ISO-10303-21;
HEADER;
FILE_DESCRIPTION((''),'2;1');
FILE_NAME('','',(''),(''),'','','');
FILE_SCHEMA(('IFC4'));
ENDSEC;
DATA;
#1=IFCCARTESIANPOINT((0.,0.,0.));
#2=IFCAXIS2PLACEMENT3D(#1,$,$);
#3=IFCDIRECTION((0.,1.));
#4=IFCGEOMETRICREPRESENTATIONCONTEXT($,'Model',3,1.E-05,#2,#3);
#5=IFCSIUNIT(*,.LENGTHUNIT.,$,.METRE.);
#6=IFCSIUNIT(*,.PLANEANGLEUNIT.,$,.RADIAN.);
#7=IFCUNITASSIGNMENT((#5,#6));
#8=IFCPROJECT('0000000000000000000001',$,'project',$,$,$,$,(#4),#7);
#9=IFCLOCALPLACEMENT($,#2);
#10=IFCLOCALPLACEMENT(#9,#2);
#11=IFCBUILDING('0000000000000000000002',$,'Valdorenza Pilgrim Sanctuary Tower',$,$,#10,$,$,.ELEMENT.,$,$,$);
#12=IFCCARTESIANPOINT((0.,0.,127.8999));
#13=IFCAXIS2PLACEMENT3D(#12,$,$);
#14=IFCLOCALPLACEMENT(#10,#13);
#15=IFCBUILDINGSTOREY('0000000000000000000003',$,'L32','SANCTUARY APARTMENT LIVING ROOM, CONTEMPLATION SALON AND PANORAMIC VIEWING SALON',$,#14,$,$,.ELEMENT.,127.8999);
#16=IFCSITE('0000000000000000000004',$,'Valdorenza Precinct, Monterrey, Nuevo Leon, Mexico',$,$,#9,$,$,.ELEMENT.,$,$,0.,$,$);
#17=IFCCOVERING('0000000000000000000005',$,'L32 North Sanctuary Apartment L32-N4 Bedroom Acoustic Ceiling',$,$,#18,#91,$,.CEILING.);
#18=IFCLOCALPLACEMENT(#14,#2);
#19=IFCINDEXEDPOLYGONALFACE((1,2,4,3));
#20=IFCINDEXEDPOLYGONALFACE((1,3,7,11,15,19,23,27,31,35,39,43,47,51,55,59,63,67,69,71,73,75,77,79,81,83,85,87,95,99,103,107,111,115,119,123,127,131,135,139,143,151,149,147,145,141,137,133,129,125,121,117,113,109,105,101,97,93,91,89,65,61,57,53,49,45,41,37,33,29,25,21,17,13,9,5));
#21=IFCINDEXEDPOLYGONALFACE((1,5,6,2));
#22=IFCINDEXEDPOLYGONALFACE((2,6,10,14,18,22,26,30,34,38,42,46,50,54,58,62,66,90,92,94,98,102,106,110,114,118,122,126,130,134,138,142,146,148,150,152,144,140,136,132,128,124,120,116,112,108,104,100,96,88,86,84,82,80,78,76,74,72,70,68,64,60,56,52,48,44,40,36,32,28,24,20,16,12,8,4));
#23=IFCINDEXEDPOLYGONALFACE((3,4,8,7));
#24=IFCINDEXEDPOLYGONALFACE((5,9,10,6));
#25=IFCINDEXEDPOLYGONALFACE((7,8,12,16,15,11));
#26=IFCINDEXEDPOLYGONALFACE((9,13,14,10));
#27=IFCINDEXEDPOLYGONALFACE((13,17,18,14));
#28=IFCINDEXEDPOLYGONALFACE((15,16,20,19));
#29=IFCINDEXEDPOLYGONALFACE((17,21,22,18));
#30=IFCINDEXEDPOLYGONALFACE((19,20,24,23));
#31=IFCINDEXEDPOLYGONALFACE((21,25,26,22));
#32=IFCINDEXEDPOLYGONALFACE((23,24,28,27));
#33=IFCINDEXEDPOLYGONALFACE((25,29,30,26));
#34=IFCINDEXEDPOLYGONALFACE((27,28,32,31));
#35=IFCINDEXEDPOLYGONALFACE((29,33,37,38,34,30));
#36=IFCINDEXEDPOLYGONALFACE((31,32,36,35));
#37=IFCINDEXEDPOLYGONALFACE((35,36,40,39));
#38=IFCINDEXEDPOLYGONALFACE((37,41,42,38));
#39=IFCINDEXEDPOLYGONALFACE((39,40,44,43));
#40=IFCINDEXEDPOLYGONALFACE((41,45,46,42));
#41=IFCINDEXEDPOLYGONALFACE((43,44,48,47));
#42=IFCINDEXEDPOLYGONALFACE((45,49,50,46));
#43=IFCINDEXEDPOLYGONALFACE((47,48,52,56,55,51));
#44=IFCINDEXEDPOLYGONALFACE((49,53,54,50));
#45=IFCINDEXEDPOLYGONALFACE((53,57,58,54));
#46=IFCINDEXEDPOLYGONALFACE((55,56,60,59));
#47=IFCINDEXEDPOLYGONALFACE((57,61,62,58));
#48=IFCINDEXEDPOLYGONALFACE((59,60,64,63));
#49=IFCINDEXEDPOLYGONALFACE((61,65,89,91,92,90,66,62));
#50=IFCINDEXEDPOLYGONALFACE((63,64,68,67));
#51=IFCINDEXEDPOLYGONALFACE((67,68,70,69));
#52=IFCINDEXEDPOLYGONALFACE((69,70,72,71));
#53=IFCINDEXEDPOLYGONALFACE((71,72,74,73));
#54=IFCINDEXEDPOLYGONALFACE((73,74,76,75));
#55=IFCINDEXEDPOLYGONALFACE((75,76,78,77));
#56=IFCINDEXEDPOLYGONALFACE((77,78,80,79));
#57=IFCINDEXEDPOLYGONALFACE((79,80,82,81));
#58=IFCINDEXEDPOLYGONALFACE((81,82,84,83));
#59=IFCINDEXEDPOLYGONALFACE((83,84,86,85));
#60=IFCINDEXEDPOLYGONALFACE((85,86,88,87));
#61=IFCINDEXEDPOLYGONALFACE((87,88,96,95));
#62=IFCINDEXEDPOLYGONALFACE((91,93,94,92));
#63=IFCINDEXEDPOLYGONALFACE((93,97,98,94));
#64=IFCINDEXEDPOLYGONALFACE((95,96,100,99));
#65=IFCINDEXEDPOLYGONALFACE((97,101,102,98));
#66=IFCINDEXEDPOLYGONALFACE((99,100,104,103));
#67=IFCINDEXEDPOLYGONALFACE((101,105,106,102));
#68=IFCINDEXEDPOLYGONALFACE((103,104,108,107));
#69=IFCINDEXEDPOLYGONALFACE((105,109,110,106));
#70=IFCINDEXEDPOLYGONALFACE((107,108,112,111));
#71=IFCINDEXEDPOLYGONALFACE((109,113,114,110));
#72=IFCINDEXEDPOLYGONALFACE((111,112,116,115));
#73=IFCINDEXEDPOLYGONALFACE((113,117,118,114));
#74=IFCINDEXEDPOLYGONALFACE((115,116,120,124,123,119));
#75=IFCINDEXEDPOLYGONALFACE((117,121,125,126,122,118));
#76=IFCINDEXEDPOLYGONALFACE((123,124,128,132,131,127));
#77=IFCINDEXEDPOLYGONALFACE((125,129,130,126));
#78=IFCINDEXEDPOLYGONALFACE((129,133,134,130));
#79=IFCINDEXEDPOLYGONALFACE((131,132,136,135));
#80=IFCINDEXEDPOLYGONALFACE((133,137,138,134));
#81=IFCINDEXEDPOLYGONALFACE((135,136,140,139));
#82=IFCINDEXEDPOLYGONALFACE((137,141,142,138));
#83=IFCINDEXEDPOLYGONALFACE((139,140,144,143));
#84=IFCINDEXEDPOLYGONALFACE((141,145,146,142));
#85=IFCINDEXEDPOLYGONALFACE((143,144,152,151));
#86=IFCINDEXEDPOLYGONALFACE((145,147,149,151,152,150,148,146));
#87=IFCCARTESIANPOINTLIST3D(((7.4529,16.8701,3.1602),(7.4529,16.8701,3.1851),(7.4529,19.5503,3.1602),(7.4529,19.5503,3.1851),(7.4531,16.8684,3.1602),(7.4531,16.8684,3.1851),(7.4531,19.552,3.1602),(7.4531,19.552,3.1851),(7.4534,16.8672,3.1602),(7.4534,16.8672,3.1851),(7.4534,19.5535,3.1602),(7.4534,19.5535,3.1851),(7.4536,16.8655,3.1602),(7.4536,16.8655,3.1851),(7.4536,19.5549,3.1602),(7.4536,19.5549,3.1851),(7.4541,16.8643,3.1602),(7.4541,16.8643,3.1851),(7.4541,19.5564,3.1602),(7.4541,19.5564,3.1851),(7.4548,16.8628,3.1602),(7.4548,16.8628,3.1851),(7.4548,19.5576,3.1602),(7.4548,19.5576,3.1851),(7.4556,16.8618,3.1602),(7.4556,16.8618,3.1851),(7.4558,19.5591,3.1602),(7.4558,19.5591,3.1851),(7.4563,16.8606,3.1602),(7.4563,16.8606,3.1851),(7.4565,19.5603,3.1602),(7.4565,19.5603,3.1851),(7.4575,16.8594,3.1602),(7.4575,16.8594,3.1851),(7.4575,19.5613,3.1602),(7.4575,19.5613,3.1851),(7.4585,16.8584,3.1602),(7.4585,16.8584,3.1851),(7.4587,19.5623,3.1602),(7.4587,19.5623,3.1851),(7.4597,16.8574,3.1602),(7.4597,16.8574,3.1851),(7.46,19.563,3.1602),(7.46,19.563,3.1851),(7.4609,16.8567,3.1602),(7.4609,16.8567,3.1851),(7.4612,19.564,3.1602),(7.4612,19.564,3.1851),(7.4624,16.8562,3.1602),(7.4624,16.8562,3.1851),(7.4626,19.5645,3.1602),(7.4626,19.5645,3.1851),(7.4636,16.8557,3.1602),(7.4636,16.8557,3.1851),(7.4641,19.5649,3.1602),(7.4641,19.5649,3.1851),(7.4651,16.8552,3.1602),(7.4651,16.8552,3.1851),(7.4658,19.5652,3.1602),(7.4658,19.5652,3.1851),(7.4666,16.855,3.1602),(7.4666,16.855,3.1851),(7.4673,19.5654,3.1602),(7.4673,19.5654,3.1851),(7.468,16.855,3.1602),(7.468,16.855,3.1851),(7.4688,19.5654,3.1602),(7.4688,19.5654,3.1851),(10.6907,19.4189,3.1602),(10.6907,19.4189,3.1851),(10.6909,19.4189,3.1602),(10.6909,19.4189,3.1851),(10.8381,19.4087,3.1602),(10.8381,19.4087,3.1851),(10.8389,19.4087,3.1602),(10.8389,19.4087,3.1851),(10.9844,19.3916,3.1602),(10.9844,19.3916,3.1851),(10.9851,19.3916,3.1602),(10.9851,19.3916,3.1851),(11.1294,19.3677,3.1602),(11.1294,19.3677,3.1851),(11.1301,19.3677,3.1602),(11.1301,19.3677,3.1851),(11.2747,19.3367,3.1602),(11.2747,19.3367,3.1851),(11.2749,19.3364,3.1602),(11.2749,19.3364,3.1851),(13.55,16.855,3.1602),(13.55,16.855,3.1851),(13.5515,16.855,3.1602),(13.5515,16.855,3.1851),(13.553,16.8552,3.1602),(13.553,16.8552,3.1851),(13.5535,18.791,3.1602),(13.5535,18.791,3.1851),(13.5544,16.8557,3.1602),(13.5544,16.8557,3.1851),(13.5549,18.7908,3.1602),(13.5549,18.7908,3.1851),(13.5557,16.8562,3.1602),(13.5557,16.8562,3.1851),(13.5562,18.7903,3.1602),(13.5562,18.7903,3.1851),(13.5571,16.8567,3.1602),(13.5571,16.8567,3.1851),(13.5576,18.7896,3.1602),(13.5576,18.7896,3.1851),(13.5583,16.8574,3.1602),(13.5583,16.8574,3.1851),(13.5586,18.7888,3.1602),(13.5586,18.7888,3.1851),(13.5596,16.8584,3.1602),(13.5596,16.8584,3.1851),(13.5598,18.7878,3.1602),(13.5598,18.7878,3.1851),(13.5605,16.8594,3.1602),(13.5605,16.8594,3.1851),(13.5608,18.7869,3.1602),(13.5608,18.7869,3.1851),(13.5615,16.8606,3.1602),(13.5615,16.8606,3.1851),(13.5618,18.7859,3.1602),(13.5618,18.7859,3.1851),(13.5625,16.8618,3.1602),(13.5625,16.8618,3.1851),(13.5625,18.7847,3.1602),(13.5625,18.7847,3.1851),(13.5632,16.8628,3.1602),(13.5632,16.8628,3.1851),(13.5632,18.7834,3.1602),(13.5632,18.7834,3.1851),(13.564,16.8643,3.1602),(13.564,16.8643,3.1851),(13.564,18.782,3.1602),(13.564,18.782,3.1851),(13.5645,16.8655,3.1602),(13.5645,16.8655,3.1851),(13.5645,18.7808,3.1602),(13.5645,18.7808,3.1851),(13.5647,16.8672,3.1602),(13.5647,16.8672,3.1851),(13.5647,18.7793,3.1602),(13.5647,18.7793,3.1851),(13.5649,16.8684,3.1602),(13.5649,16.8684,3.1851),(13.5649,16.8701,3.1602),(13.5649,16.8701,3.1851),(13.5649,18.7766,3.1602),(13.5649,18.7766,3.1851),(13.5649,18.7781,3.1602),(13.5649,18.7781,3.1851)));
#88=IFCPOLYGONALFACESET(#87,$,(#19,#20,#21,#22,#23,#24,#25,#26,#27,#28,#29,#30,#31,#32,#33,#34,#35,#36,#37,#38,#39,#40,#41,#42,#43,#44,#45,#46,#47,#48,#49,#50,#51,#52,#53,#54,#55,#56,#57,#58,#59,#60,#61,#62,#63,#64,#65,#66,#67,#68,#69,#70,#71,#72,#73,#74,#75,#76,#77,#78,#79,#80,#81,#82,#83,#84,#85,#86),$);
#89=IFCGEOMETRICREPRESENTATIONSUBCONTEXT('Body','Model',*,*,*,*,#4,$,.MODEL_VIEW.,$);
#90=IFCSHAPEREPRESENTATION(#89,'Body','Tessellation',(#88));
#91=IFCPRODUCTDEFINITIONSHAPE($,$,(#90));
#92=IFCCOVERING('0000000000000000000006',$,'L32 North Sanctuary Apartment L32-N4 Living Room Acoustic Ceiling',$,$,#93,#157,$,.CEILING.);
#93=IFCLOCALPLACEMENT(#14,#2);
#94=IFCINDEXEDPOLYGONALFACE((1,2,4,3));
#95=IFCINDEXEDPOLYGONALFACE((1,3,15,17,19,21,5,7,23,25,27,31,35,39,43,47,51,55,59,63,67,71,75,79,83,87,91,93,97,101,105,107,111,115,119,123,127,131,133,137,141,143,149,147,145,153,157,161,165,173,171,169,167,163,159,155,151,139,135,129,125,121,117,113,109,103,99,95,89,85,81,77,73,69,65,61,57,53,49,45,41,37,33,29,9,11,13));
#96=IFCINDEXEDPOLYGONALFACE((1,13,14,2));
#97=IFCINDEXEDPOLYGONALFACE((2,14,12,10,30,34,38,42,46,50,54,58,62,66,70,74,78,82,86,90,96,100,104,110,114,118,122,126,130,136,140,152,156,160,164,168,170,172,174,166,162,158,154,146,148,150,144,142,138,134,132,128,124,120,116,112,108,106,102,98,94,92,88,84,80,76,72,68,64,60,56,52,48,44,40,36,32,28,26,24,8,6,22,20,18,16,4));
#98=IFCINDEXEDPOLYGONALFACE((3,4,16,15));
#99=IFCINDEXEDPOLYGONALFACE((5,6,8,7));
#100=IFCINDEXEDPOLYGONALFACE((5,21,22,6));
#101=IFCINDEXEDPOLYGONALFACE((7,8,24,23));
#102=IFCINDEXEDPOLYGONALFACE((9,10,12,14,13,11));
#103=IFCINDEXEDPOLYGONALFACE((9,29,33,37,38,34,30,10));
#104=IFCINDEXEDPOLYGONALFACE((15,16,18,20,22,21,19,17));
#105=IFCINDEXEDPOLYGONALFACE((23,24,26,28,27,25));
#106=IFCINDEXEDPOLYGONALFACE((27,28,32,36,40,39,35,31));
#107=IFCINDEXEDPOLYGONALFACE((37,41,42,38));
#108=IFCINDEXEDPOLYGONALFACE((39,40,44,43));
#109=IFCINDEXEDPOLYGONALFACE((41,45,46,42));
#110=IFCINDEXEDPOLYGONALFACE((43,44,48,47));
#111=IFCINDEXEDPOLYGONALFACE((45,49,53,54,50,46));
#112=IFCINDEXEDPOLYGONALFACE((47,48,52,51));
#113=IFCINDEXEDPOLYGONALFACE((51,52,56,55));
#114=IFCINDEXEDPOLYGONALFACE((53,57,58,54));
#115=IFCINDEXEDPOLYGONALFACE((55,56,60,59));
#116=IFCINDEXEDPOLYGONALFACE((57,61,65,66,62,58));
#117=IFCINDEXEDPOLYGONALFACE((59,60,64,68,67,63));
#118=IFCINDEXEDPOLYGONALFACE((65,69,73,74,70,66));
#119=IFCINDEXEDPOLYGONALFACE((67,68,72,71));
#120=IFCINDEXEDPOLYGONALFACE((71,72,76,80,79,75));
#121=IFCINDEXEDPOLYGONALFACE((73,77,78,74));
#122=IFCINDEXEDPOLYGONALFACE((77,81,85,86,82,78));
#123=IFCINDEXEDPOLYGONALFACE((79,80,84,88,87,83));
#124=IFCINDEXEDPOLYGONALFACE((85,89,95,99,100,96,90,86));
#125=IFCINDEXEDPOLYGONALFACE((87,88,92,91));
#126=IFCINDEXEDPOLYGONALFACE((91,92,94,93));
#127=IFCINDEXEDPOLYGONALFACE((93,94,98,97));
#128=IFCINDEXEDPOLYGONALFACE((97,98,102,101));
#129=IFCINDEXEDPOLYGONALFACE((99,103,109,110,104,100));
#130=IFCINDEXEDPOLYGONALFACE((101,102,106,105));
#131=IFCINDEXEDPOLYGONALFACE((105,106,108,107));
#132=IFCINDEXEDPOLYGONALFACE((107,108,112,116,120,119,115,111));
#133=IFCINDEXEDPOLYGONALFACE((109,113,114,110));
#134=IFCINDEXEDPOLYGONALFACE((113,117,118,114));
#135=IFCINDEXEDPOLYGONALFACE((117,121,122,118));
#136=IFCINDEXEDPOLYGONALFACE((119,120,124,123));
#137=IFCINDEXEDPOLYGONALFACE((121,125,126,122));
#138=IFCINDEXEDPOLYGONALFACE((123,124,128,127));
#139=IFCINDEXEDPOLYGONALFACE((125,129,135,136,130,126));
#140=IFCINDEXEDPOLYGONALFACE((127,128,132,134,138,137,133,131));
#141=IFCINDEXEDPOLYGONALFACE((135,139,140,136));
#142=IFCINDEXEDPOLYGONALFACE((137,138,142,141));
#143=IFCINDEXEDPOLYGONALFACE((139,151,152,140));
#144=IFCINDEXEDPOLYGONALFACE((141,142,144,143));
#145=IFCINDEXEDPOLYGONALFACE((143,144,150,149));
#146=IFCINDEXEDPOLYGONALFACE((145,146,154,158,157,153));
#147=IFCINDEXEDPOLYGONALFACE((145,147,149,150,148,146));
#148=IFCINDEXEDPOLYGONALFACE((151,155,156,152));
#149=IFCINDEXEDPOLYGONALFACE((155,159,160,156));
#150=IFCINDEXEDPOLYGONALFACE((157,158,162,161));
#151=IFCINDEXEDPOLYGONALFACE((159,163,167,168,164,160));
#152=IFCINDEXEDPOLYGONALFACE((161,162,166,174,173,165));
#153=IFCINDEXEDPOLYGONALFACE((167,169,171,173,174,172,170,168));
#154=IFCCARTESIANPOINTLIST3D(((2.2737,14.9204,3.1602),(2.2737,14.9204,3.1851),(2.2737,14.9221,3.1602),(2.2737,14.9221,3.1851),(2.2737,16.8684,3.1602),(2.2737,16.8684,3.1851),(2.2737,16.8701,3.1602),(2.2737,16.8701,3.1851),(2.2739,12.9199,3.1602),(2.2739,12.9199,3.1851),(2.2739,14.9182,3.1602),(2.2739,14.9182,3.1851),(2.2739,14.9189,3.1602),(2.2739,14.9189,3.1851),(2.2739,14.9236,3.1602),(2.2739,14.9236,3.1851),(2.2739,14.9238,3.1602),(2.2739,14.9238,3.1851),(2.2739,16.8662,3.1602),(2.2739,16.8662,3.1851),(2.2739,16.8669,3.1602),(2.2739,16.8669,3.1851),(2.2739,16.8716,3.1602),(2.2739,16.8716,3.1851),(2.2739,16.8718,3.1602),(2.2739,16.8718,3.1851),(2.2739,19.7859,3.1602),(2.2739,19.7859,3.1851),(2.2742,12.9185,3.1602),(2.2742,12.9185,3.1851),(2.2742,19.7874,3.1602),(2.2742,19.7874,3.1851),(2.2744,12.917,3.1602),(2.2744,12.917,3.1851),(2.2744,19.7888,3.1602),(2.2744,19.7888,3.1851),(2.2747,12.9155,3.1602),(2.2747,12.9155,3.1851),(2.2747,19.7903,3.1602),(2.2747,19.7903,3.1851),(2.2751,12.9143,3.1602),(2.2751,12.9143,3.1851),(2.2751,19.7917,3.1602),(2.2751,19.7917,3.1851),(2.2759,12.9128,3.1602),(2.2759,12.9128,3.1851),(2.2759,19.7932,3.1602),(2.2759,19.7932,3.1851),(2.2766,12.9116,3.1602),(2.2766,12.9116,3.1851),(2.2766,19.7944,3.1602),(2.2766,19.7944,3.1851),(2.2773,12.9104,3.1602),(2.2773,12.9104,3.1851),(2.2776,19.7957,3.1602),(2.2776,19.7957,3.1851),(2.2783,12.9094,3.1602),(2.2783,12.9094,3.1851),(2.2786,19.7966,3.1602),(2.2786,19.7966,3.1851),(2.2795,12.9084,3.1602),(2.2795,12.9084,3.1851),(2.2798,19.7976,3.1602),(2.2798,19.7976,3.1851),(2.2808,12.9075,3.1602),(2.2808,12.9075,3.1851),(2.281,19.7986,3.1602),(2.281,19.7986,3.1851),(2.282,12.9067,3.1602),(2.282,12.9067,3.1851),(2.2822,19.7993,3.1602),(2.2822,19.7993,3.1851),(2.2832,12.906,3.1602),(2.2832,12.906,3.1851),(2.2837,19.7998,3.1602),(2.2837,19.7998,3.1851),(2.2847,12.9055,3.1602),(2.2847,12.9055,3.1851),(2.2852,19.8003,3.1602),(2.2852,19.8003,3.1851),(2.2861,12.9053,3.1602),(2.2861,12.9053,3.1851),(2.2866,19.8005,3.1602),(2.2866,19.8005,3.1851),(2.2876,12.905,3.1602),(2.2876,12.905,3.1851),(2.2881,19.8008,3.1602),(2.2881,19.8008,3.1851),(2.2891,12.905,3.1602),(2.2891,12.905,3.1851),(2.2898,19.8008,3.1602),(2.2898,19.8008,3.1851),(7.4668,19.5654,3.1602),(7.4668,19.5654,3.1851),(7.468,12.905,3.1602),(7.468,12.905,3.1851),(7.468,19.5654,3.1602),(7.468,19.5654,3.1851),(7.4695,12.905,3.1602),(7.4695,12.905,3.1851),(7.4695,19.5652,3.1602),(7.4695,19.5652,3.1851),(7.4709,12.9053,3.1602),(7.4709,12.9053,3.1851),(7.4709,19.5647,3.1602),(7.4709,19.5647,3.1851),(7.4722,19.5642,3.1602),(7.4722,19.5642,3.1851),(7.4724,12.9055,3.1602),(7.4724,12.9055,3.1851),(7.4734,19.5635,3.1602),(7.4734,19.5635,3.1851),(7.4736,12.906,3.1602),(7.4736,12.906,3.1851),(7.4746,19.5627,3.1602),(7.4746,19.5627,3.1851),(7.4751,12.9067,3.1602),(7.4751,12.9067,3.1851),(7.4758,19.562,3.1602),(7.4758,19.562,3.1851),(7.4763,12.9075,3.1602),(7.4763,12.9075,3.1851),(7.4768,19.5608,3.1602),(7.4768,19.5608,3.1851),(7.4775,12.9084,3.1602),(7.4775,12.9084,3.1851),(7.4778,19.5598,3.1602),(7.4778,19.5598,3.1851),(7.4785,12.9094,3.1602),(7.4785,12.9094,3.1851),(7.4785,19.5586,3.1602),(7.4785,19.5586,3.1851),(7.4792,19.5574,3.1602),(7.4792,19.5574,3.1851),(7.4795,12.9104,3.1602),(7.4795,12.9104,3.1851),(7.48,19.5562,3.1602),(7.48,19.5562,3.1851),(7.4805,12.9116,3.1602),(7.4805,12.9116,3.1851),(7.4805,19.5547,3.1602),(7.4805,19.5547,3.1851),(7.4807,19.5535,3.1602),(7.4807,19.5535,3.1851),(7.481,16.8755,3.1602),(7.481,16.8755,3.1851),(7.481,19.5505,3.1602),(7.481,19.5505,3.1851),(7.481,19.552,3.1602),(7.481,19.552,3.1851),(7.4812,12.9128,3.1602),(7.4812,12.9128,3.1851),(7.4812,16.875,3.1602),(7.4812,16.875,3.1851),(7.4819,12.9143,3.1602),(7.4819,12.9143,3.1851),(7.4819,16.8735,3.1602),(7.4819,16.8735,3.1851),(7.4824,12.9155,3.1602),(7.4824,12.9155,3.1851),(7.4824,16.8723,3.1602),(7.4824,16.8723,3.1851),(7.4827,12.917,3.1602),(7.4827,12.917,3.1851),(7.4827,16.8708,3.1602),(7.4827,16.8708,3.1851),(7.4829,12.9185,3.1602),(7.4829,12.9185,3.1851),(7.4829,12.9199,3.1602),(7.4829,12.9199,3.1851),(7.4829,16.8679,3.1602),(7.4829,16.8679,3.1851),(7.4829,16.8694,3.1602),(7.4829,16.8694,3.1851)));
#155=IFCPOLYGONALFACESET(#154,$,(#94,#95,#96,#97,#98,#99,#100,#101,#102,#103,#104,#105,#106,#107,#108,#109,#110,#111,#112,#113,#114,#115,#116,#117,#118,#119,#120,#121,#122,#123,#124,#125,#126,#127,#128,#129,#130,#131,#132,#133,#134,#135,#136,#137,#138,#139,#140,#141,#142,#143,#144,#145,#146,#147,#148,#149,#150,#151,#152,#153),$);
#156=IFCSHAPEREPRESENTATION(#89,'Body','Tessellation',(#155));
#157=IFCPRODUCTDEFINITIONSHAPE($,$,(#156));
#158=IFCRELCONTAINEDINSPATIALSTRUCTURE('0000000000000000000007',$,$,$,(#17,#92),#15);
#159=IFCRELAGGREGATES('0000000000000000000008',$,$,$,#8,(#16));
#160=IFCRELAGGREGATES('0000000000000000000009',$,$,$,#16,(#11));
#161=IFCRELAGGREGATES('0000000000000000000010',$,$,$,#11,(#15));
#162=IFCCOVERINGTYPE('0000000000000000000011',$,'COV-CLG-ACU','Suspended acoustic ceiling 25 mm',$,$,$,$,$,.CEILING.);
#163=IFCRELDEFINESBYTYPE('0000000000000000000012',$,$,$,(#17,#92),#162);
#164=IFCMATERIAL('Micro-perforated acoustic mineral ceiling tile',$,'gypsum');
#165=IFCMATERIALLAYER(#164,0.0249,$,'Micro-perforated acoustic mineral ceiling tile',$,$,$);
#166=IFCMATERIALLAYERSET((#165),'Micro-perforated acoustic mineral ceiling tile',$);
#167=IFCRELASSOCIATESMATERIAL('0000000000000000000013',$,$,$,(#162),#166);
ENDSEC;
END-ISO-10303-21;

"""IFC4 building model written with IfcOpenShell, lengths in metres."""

from ifc_helpers import new_model, si_unit, direction, frame, origin, place, context, subcontext, project, spatial, polyline, outline, extrude, material, layer, layer_set, type_object, element, save


model = new_model("IFC4")

# Units and contexts
model_context = context("Model", 3, precision=1e-05, world=origin(), true_north=direction((0.0, 1.0)))
body_context = subcontext(model_context, "Body", "Model", "MODEL_VIEW")
ifc_project = project(units=[si_unit("LENGTHUNIT", "METRE"), si_unit("PLANEANGLEUNIT", "RADIAN")], contexts=[model_context])

# Site, building, storey
site_placement = place(None, origin())
site = spatial("IfcSite", under=ifc_project, at=site_placement, Name="Valdorenza Precinct, Monterrey, Nuevo Leon, Mexico", CompositionType="ELEMENT", RefElevation=0.0)
building_placement = place(site_placement, origin())
building = spatial("IfcBuilding", under=site, at=building_placement, Name="Valdorenza Pilgrim Sanctuary Tower", CompositionType="ELEMENT")
storey_placement = place(building_placement, frame((0.0, 0.0, 127.8999)))
storey = spatial("IfcBuildingStorey", under=building, at=storey_placement, Name="L32", Description="SANCTUARY APARTMENT LIVING ROOM, CONTEMPLATION SALON AND PANORAMIC VIEWING SALON", CompositionType="ELEMENT", Elevation=127.8999)

# Coverings
ifc_material_1 = material(Name="Micro-perforated acoustic mineral ceiling tile", Category="gypsum")
ifc_layer_1 = layer(ifc_material_1, 0.0249, Name="Micro-perforated acoustic mineral ceiling tile")
ifc_layer_set_1 = layer_set([ifc_layer_1], Name="Micro-perforated acoustic mineral ceiling tile")
covering_type_1 = type_object("IfcCoveringType", Name="COV-CLG-ACU", Description="Suspended acoustic ceiling 25 mm", PredefinedType="CEILING", material=ifc_layer_set_1)
covering_1_placement = place(storey_placement, frame((0.0, 0.0, 3.1602)))
element("IfcCovering", 1, at=covering_1_placement, inside=storey, type_object=covering_type_1, Name="L32 North Sanctuary Apartment L32-N4 Bedroom Acoustic Ceiling", PredefinedType="CEILING", context=body_context, shape_type="SweptSolid", body=[
    extrude(outline(polyline([(7.468, 16.855), (7.4666, 16.855), (7.4651, 16.8552), (7.4636, 16.8557), (7.4624, 16.8562), (7.4609, 16.8567), (7.4597, 16.8574), (7.4585, 16.8584), (7.4575, 16.8594), (7.4563, 16.8606), (7.4556, 16.8618), (7.4548, 16.8628), (7.4541, 16.8643), (7.4536, 16.8655), (7.4534, 16.8672), (7.4531, 16.8684), (7.4529, 16.8701), (7.4529, 19.5503), (7.4531, 19.552), (7.4534, 19.5535), (7.4536, 19.5549), (7.4541, 19.5564), (7.4548, 19.5576), (7.4558, 19.5591), (7.4565, 19.5603), (7.4575, 19.5613), (7.4587, 19.5623), (7.46, 19.563), (7.4612, 19.564), (7.4626, 19.5645), (7.4641, 19.5649), (7.4658, 19.5652), (7.4673, 19.5654), (7.4688, 19.5654), (10.6907, 19.4189), (10.6909, 19.4189), (10.8381, 19.4087), (10.8389, 19.4087), (10.9844, 19.3916), (10.9851, 19.3916), (11.1294, 19.3677), (11.1301, 19.3677), (11.2747, 19.3367), (11.2749, 19.3364), (13.5535, 18.791), (13.5549, 18.7908), (13.5562, 18.7903), (13.5576, 18.7896), (13.5586, 18.7888), (13.5598, 18.7878), (13.5608, 18.7869), (13.5618, 18.7859), (13.5625, 18.7847), (13.5632, 18.7834), (13.564, 18.782), (13.5645, 18.7808), (13.5647, 18.7793), (13.5649, 18.7781), (13.5649, 18.7766), (13.5649, 16.8701), (13.5649, 16.8684), (13.5647, 16.8672), (13.5645, 16.8655), (13.564, 16.8643), (13.5632, 16.8628), (13.5625, 16.8618), (13.5615, 16.8606), (13.5605, 16.8594), (13.5596, 16.8584), (13.5583, 16.8574), (13.5571, 16.8567), (13.5557, 16.8562), (13.5544, 16.8557), (13.553, 16.8552), (13.5515, 16.855), (13.55, 16.855), (7.468, 16.855)])), origin(), (0.0, 0.0, 1.0), 0.0249),
])
covering_2_placement = place(storey_placement, frame((0.0, 0.0, 3.1602)))
element("IfcCovering", 2, at=covering_2_placement, inside=storey, type_object=covering_type_1, Name="L32 North Sanctuary Apartment L32-N4 Living Room Acoustic Ceiling", PredefinedType="CEILING", context=body_context, shape_type="SweptSolid", body=[
    extrude(outline(polyline([(2.2739, 14.9182), (2.2739, 14.9189), (2.2737, 14.9204), (2.2737, 14.9221), (2.2739, 14.9236), (2.2739, 14.9238), (2.2739, 16.8662), (2.2739, 16.8669), (2.2737, 16.8684), (2.2737, 16.8701), (2.2739, 16.8716), (2.2739, 16.8718), (2.2739, 19.7859), (2.2742, 19.7874), (2.2744, 19.7888), (2.2747, 19.7903), (2.2751, 19.7917), (2.2759, 19.7932), (2.2766, 19.7944), (2.2776, 19.7957), (2.2786, 19.7966), (2.2798, 19.7976), (2.281, 19.7986), (2.2822, 19.7993), (2.2837, 19.7998), (2.2852, 19.8003), (2.2866, 19.8005), (2.2881, 19.8008), (2.2898, 19.8008), (7.4668, 19.5654), (7.468, 19.5654), (7.4695, 19.5652), (7.4709, 19.5647), (7.4722, 19.5642), (7.4734, 19.5635), (7.4746, 19.5627), (7.4758, 19.562), (7.4768, 19.5608), (7.4778, 19.5598), (7.4785, 19.5586), (7.4792, 19.5574), (7.48, 19.5562), (7.4805, 19.5547), (7.4807, 19.5535), (7.481, 19.552), (7.481, 19.5505), (7.481, 16.8755), (7.4812, 16.875), (7.4819, 16.8735), (7.4824, 16.8723), (7.4827, 16.8708), (7.4829, 16.8694), (7.4829, 16.8679), (7.4829, 12.9199), (7.4829, 12.9185), (7.4827, 12.917), (7.4824, 12.9155), (7.4819, 12.9143), (7.4812, 12.9128), (7.4805, 12.9116), (7.4795, 12.9104), (7.4785, 12.9094), (7.4775, 12.9084), (7.4763, 12.9075), (7.4751, 12.9067), (7.4736, 12.906), (7.4724, 12.9055), (7.4709, 12.9053), (7.4695, 12.905), (7.468, 12.905), (2.2891, 12.905), (2.2876, 12.905), (2.2861, 12.9053), (2.2847, 12.9055), (2.2832, 12.906), (2.282, 12.9067), (2.2808, 12.9075), (2.2795, 12.9084), (2.2783, 12.9094), (2.2773, 12.9104), (2.2766, 12.9116), (2.2759, 12.9128), (2.2751, 12.9143), (2.2747, 12.9155), (2.2744, 12.917), (2.2742, 12.9185), (2.2739, 12.9199), (2.2739, 14.9182)])), origin(), (0.0, 0.0, 1.0), 0.0249),
])

save(model, "model.ifc")
